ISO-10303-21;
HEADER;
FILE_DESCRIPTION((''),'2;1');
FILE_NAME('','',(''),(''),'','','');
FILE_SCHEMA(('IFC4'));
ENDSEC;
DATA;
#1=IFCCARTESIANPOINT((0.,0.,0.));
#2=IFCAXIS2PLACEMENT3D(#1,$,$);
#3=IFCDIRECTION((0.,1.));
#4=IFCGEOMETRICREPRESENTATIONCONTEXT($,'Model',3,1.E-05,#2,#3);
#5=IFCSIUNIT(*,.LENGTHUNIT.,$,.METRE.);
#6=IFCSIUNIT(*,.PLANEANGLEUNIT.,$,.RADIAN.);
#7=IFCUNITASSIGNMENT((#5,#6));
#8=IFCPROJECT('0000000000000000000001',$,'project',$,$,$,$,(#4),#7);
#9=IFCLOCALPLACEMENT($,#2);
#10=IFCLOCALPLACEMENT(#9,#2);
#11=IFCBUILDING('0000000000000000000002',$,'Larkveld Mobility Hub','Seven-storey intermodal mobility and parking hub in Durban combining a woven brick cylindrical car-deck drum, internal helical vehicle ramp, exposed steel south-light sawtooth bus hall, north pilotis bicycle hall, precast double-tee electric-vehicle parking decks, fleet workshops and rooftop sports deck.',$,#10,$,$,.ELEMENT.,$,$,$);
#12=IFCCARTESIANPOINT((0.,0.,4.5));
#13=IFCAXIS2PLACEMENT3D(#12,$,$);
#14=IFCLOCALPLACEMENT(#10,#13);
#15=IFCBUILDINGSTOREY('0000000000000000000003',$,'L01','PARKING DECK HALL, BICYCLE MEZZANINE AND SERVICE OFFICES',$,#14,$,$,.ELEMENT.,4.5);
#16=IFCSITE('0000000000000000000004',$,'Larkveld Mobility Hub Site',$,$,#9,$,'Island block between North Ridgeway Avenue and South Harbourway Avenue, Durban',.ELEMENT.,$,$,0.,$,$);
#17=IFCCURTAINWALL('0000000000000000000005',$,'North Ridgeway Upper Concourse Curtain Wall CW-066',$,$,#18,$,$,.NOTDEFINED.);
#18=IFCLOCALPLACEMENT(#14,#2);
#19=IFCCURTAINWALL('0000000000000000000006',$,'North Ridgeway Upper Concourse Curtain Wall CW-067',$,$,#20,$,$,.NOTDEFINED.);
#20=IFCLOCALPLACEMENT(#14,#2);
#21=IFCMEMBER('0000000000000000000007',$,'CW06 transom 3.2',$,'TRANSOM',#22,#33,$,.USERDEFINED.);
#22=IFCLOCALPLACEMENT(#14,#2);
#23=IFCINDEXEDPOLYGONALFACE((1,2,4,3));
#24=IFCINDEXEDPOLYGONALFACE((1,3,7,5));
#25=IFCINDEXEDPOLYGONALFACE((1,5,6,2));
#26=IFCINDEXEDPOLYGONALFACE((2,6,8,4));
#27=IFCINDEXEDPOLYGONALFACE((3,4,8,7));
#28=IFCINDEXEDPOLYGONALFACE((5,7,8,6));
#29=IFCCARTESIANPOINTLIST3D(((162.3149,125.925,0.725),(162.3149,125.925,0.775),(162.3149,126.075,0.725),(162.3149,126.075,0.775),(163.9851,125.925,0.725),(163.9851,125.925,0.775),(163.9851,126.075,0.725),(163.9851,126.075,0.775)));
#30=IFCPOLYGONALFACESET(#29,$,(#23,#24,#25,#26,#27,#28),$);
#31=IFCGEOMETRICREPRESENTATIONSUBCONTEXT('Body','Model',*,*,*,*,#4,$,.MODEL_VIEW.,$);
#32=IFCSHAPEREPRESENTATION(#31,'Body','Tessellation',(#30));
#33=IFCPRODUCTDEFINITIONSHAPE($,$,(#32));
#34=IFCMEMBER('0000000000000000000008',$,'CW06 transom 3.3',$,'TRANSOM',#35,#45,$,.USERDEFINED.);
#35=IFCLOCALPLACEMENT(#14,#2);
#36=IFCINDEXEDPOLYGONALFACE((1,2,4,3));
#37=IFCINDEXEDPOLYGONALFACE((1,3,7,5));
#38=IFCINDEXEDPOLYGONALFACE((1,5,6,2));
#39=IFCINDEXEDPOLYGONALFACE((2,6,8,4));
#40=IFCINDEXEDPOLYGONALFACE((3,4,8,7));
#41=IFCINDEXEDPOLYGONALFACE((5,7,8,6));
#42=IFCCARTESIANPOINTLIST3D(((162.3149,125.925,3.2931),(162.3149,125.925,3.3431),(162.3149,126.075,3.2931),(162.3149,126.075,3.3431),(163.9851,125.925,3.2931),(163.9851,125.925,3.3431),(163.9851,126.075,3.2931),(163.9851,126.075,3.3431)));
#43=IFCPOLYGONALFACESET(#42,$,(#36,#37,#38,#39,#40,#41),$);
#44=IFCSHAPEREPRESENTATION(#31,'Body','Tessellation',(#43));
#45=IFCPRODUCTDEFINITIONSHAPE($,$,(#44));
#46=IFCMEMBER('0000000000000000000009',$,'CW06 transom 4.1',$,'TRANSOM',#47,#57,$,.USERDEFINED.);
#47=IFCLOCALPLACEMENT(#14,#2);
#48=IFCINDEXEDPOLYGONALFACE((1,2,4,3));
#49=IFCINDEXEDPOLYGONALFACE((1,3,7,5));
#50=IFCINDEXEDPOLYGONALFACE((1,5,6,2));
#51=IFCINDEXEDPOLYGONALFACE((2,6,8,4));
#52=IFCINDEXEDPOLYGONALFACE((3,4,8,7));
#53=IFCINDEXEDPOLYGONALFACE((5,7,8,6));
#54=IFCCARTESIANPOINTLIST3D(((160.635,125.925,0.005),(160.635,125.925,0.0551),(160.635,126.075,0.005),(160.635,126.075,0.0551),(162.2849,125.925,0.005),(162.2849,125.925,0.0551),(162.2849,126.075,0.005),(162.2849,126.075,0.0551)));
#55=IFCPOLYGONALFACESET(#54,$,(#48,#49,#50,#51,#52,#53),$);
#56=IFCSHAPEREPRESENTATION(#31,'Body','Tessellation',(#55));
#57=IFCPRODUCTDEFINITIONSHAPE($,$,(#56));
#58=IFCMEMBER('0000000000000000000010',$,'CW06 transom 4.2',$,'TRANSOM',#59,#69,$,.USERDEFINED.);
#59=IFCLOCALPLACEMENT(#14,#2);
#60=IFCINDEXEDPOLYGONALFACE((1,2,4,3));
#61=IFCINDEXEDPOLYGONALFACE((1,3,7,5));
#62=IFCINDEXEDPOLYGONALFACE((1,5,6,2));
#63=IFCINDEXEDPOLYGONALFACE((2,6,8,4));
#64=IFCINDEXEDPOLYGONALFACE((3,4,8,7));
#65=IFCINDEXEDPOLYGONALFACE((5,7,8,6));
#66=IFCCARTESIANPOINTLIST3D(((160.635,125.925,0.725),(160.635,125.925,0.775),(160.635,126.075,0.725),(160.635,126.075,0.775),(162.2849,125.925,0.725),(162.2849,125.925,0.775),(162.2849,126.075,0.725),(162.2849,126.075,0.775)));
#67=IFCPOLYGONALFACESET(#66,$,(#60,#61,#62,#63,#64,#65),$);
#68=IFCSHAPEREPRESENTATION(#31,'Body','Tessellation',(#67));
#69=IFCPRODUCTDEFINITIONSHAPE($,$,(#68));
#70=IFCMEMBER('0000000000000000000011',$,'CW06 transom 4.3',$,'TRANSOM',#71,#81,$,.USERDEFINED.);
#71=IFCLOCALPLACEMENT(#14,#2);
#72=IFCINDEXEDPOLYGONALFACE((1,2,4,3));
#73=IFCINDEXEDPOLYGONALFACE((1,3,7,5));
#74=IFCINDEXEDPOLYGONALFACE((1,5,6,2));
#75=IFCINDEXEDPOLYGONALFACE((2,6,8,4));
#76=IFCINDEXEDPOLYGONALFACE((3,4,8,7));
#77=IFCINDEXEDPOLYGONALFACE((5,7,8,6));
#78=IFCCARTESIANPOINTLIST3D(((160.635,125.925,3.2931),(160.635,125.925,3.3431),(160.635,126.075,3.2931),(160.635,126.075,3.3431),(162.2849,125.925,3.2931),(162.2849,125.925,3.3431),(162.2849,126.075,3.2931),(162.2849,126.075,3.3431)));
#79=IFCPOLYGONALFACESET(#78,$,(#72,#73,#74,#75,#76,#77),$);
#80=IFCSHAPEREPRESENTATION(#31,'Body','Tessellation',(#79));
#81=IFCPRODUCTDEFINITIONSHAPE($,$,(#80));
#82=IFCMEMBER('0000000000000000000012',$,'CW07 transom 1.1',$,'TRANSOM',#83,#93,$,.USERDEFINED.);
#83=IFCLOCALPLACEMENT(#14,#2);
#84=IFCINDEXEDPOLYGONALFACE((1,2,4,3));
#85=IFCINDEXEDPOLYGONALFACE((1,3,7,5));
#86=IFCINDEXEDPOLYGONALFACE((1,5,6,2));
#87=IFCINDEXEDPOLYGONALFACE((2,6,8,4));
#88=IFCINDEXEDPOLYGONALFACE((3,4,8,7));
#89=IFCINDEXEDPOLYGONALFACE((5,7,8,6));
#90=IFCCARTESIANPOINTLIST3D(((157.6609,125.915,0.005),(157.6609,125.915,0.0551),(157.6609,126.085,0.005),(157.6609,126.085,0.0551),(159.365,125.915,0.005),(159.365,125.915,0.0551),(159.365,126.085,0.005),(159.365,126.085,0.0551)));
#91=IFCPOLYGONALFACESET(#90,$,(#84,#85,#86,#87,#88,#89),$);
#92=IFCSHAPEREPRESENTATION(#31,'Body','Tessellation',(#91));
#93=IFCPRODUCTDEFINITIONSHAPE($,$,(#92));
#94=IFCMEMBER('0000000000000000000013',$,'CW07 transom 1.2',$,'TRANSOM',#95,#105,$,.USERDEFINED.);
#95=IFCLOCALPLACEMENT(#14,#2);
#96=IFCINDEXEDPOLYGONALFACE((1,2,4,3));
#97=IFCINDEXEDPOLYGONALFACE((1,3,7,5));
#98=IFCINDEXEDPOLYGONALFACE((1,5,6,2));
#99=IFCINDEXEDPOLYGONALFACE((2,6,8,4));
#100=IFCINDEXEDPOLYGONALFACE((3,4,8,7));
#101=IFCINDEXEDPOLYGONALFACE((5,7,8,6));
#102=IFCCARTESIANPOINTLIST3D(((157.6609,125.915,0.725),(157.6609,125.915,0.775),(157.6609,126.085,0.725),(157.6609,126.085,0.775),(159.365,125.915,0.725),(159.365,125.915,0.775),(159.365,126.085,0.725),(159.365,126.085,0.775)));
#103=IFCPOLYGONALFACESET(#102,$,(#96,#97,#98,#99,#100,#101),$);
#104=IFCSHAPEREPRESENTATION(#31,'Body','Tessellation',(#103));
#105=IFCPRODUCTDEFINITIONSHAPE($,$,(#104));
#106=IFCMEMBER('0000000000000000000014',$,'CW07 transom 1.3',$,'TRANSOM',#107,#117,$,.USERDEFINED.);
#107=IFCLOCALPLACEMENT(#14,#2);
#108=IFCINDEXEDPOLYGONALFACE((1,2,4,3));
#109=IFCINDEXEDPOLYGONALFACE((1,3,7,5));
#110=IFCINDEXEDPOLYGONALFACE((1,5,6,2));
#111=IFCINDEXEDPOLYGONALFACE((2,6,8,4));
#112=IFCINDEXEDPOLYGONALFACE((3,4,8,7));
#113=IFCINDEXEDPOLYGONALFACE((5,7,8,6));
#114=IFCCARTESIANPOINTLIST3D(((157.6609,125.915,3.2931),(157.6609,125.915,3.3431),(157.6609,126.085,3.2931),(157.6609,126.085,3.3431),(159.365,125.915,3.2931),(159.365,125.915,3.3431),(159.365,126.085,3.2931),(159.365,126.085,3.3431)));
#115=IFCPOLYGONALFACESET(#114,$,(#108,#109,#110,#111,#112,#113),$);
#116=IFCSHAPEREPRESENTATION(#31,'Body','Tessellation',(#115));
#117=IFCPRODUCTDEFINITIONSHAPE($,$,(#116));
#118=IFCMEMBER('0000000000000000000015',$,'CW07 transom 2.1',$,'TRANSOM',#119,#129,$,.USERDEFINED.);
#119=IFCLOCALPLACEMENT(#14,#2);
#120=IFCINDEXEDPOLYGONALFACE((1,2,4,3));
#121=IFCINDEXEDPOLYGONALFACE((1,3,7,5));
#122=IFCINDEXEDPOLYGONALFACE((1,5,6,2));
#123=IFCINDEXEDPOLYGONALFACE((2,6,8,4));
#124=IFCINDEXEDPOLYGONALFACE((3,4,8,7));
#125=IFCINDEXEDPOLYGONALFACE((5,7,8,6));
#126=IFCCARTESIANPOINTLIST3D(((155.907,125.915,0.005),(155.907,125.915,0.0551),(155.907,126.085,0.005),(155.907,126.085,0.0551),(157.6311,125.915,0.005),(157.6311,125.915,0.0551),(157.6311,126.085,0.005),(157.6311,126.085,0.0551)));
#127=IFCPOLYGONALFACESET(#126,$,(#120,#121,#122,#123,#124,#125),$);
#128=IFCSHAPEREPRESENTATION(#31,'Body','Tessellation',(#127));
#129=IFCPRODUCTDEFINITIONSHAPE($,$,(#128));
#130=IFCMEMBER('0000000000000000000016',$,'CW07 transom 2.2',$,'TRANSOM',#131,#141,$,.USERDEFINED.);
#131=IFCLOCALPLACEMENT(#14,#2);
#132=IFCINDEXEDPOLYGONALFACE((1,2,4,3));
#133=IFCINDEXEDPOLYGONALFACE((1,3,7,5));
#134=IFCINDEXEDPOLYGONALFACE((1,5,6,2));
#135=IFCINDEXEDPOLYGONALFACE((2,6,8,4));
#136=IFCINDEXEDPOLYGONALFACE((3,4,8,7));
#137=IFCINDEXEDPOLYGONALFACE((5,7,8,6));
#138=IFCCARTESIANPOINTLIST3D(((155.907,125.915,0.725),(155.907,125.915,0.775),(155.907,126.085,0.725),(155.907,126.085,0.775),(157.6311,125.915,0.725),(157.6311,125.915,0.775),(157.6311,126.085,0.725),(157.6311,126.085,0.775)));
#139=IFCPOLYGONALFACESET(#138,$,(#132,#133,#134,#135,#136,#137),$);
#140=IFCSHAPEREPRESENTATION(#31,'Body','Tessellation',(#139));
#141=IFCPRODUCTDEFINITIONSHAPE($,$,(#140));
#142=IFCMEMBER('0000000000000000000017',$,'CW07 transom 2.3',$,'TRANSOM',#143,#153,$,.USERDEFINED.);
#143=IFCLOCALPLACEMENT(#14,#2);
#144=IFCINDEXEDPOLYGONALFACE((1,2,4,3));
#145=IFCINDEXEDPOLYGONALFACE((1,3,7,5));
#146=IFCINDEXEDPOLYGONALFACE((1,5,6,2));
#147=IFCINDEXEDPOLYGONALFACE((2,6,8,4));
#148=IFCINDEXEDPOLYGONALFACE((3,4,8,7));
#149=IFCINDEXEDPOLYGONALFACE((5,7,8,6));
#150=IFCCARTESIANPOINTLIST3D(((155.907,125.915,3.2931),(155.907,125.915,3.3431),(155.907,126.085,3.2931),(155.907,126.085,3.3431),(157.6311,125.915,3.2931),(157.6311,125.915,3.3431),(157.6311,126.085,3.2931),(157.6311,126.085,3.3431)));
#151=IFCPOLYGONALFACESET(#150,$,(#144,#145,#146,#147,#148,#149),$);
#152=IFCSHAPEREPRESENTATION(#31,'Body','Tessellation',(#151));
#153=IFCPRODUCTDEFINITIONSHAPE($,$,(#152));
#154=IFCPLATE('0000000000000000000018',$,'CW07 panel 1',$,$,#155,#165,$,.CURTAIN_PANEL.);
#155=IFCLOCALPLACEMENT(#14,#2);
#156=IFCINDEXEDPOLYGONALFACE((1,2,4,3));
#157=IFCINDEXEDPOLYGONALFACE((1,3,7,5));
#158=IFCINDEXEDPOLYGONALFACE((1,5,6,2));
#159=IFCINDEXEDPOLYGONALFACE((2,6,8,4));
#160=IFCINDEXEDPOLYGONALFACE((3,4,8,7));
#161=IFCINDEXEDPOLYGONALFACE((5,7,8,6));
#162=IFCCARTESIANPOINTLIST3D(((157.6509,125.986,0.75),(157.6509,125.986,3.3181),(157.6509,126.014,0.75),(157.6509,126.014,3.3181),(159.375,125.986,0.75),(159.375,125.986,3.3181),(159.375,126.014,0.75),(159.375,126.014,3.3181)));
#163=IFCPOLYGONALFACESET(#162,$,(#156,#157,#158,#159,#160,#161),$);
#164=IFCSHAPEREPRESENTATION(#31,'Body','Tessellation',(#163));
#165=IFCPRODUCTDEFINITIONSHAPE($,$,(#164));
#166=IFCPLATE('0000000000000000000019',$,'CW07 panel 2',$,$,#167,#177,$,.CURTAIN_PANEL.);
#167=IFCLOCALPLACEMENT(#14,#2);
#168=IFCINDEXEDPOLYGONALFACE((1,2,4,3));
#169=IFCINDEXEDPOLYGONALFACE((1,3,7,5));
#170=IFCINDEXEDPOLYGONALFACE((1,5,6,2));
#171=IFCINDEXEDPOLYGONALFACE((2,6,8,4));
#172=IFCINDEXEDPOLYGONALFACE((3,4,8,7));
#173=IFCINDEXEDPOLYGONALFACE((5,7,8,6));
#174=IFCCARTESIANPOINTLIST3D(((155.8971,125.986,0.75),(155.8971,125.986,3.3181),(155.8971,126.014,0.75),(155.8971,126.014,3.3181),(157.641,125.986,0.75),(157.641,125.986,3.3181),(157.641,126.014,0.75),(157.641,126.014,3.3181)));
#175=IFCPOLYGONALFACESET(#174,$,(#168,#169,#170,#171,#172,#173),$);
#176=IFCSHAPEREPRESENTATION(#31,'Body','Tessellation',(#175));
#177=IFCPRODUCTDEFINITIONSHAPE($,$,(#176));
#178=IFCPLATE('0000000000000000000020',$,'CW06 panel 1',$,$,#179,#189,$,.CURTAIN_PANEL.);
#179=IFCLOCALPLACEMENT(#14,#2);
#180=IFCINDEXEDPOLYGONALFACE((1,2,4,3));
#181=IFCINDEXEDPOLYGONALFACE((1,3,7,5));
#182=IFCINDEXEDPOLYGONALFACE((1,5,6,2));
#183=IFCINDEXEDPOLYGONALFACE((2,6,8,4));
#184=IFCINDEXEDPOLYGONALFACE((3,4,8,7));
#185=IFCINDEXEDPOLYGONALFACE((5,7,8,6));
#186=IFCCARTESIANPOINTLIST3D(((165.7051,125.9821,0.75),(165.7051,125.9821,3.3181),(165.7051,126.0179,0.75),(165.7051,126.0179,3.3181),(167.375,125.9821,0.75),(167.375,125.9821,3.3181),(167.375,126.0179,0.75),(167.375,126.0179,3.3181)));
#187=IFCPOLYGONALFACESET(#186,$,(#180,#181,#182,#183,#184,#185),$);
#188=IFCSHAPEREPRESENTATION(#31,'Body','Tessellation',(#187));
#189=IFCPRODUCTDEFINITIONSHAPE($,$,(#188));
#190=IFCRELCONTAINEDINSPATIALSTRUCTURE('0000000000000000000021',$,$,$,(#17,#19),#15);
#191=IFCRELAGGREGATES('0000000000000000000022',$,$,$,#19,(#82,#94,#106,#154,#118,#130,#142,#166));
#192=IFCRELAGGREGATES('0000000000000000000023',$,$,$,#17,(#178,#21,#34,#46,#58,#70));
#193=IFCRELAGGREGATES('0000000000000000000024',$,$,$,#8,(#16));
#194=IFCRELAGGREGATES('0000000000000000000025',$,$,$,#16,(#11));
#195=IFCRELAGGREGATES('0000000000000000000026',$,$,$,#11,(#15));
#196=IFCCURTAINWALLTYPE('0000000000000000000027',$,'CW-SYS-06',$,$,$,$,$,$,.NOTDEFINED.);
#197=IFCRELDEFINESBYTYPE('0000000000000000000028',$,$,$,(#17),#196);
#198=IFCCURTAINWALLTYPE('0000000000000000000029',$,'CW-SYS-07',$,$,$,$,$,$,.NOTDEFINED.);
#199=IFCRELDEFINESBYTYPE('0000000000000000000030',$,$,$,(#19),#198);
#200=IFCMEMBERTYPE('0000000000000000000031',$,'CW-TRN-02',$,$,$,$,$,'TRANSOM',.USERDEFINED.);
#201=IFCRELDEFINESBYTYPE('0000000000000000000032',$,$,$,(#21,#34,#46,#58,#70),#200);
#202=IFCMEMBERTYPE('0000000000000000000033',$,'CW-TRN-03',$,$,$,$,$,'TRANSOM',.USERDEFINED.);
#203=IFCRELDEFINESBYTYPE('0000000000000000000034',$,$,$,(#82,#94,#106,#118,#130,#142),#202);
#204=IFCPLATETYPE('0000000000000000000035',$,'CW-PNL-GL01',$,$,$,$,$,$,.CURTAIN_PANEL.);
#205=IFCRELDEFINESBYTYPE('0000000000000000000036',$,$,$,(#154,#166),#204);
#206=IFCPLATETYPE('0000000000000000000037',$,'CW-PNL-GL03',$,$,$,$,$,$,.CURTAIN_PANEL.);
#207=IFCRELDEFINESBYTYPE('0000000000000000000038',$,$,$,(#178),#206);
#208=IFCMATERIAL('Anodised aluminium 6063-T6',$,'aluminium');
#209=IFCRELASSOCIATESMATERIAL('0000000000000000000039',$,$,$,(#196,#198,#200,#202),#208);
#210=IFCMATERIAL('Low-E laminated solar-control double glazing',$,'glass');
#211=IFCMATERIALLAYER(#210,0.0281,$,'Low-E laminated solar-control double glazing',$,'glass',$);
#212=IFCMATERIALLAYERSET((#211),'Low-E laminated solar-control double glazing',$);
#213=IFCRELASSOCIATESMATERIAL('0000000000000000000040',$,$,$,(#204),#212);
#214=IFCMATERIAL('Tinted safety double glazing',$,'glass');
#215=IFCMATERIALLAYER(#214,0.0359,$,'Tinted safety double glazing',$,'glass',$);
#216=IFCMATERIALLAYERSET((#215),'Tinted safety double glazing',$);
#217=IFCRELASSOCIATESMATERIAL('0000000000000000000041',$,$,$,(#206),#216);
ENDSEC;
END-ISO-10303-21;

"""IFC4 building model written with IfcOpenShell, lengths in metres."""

from ifc_helpers import new_model, si_unit, direction, frame, origin, origin_2d, place, context, subcontext, project, spatial, rectangle, extrude, material, layer, layer_set, material_profile, profile_set, type_object, element, aggregate, save


model = new_model("IFC4")

# Units and contexts
model_context = context("Model", 3, precision=1e-05, world=origin(), true_north=direction((0.0, 1.0)))
body_context = subcontext(model_context, "Body", "Model", "MODEL_VIEW")
ifc_project = project(units=[si_unit("LENGTHUNIT", "METRE"), si_unit("PLANEANGLEUNIT", "RADIAN")], contexts=[model_context])

# Site, building, storey
site_placement = place(None, origin())
site = spatial("IfcSite", under=ifc_project, at=site_placement, Name="Larkveld Mobility Hub Site", LongName="Island block between North Ridgeway Avenue and South Harbourway Avenue, Durban", CompositionType="ELEMENT", RefElevation=0.0)
building_placement = place(site_placement, origin())
building = spatial("IfcBuilding", under=site, at=building_placement, Name="Larkveld Mobility Hub", Description="Seven-storey intermodal mobility and parking hub in Durban combining a woven brick cylindrical car-deck drum, internal helical vehicle ramp, exposed steel south-light sawtooth bus hall, north pilotis bicycle hall, precast double-tee electric-vehicle parking decks, fleet workshops and rooftop sports deck.", CompositionType="ELEMENT")
storey_placement = place(building_placement, frame((0.0, 0.0, 4.5)))
storey = spatial("IfcBuildingStorey", under=building, at=storey_placement, Name="L01", Description="PARKING DECK HALL, BICYCLE MEZZANINE AND SERVICE OFFICES", CompositionType="ELEMENT", Elevation=4.5)

# Curtain walls
ifc_material_1 = material(Name="Anodised aluminium 6063-T6", Category="aluminium")
curtain_wall_type_1 = type_object("IfcCurtainWallType", Name="CW-SYS-06", PredefinedType="NOTDEFINED", material=ifc_material_1)
curtain_wall_1_placement = place(storey_placement, origin())
curtain_wall_1 = element("IfcCurtainWall", 1, at=curtain_wall_1_placement, inside=storey, type_object=curtain_wall_type_1, Name="North Ridgeway Upper Concourse Curtain Wall CW-066", PredefinedType="NOTDEFINED")
curtain_wall_type_2 = type_object("IfcCurtainWallType", Name="CW-SYS-07", PredefinedType="NOTDEFINED", material=ifc_material_1)
curtain_wall_2_placement = place(storey_placement, origin())
curtain_wall_2 = element("IfcCurtainWall", 2, at=curtain_wall_2_placement, inside=storey, type_object=curtain_wall_type_2, Name="North Ridgeway Upper Concourse Curtain Wall CW-067", PredefinedType="NOTDEFINED")

# Members
ifc_material_profile_1 = material_profile(ifc_material_1, rectangle(XDim=0.1499, YDim=0.05, at=origin_2d()), Name="ALU TRAN 50x150")
ifc_profile_set_1 = profile_set([ifc_material_profile_1], Name="Anodised aluminium 6063-T6")
member_type_1 = type_object("IfcMemberType", Name="CW-TRN-02", ElementType="TRANSOM", PredefinedType="USERDEFINED", material=ifc_profile_set_1)
member_1_placement = place(storey_placement, frame((163.9851, 126.0, 0.75), z_axis=(-1.0, 0.0, 0.0), x_axis=(0.0, -1.0, 0.0)))
member_1 = element("IfcMember", 3, at=member_1_placement, type_object=member_type_1, Name="CW06 transom 3.2", ObjectType="TRANSOM", PredefinedType="USERDEFINED", context=body_context, shape_type="SweptSolid", body=[
    extrude(rectangle(XDim=0.1499, YDim=0.05, at=origin_2d()), origin(), (0.0, 0.0, 1.0), 1.6702),
])
member_2_placement = place(storey_placement, frame((163.9851, 126.0, 3.3181), z_axis=(-1.0, 0.0, 0.0), x_axis=(0.0, -1.0, 0.0)))
member_2 = element("IfcMember", 4, at=member_2_placement, type_object=member_type_1, Name="CW06 transom 3.3", ObjectType="TRANSOM", PredefinedType="USERDEFINED", context=body_context, shape_type="SweptSolid", body=[
    extrude(rectangle(XDim=0.1499, YDim=0.05, at=origin_2d()), origin(), (0.0, 0.0, 1.0), 1.6702),
])
member_3_placement = place(storey_placement, frame((162.2849, 126.0, 0.03), z_axis=(-1.0, 0.0, 0.0), x_axis=(0.0, -1.0, 0.0)))
member_3 = element("IfcMember", 5, at=member_3_placement, type_object=member_type_1, Name="CW06 transom 4.1", ObjectType="TRANSOM", PredefinedType="USERDEFINED", context=body_context, shape_type="SweptSolid", body=[
    extrude(rectangle(XDim=0.1499, YDim=0.05, at=origin_2d()), origin(), (0.0, 0.0, 1.0), 1.6499),
])
member_4_placement = place(storey_placement, frame((162.2849, 126.0, 0.75), z_axis=(-1.0, 0.0, 0.0), x_axis=(0.0, -1.0, 0.0)))
member_4 = element("IfcMember", 6, at=member_4_placement, type_object=member_type_1, Name="CW06 transom 4.2", ObjectType="TRANSOM", PredefinedType="USERDEFINED", context=body_context, shape_type="SweptSolid", body=[
    extrude(rectangle(XDim=0.1499, YDim=0.05, at=origin_2d()), origin(), (0.0, 0.0, 1.0), 1.6499),
])
member_5_placement = place(storey_placement, frame((162.2849, 126.0, 3.3181), z_axis=(-1.0, 0.0, 0.0), x_axis=(0.0, -1.0, 0.0)))
member_5 = element("IfcMember", 7, at=member_5_placement, type_object=member_type_1, Name="CW06 transom 4.3", ObjectType="TRANSOM", PredefinedType="USERDEFINED", context=body_context, shape_type="SweptSolid", body=[
    extrude(rectangle(XDim=0.1499, YDim=0.05, at=origin_2d()), origin(), (0.0, 0.0, 1.0), 1.6499),
])
ifc_material_profile_2 = material_profile(ifc_material_1, rectangle(XDim=0.1699, YDim=0.05, at=origin_2d()), Name="ALU TRAN 50x170")
ifc_profile_set_2 = profile_set([ifc_material_profile_2], Name="Anodised aluminium 6063-T6")
member_type_2 = type_object("IfcMemberType", Name="CW-TRN-03", ElementType="TRANSOM", PredefinedType="USERDEFINED", material=ifc_profile_set_2)
member_6_placement = place(storey_placement, frame((159.365, 126.0, 0.03), z_axis=(-1.0, 0.0, 0.0), x_axis=(0.0, -1.0, 0.0)))
member_6 = element("IfcMember", 8, at=member_6_placement, type_object=member_type_2, Name="CW07 transom 1.1", ObjectType="TRANSOM", PredefinedType="USERDEFINED", context=body_context, shape_type="SweptSolid", body=[
    extrude(rectangle(XDim=0.1699, YDim=0.05, at=origin_2d()), origin(), (0.0, 0.0, 1.0), 1.7041),
])
member_7_placement = place(storey_placement, frame((159.365, 126.0, 0.75), z_axis=(-1.0, 0.0, 0.0), x_axis=(0.0, -1.0, 0.0)))
member_7 = element("IfcMember", 9, at=member_7_placement, type_object=member_type_2, Name="CW07 transom 1.2", ObjectType="TRANSOM", PredefinedType="USERDEFINED", context=body_context, shape_type="SweptSolid", body=[
    extrude(rectangle(XDim=0.1699, YDim=0.05, at=origin_2d()), origin(), (0.0, 0.0, 1.0), 1.7041),
])
member_8_placement = place(storey_placement, frame((159.365, 126.0, 3.3181), z_axis=(-1.0, 0.0, 0.0), x_axis=(0.0, -1.0, 0.0)))
member_8 = element("IfcMember", 10, at=member_8_placement, type_object=member_type_2, Name="CW07 transom 1.3", ObjectType="TRANSOM", PredefinedType="USERDEFINED", context=body_context, shape_type="SweptSolid", body=[
    extrude(rectangle(XDim=0.1699, YDim=0.05, at=origin_2d()), origin(), (0.0, 0.0, 1.0), 1.7041),
])
member_9_placement = place(storey_placement, frame((157.6311, 126.0, 0.03), z_axis=(-1.0, 0.0, 0.0), x_axis=(0.0, -1.0, 0.0)))
member_9 = element("IfcMember", 11, at=member_9_placement, type_object=member_type_2, Name="CW07 transom 2.1", ObjectType="TRANSOM", PredefinedType="USERDEFINED", context=body_context, shape_type="SweptSolid", body=[
    extrude(rectangle(XDim=0.1699, YDim=0.05, at=origin_2d()), origin(), (0.0, 0.0, 1.0), 1.7241),
])
member_10_placement = place(storey_placement, frame((157.6311, 126.0, 0.75), z_axis=(-1.0, 0.0, 0.0), x_axis=(0.0, -1.0, 0.0)))
member_10 = element("IfcMember", 12, at=member_10_placement, type_object=member_type_2, Name="CW07 transom 2.2", ObjectType="TRANSOM", PredefinedType="USERDEFINED", context=body_context, shape_type="SweptSolid", body=[
    extrude(rectangle(XDim=0.1699, YDim=0.05, at=origin_2d()), origin(), (0.0, 0.0, 1.0), 1.7241),
])
member_11_placement = place(storey_placement, frame((157.6311, 126.0, 3.3181), z_axis=(-1.0, 0.0, 0.0), x_axis=(0.0, -1.0, 0.0)))
member_11 = element("IfcMember", 13, at=member_11_placement, type_object=member_type_2, Name="CW07 transom 2.3", ObjectType="TRANSOM", PredefinedType="USERDEFINED", context=body_context, shape_type="SweptSolid", body=[
    extrude(rectangle(XDim=0.1699, YDim=0.05, at=origin_2d()), origin(), (0.0, 0.0, 1.0), 1.7241),
])

# Plates
ifc_material_2 = material(Name="Low-E laminated solar-control double glazing", Category="glass")
ifc_layer_1 = layer(ifc_material_2, 0.0281, Name="Low-E laminated solar-control double glazing", Category="glass")
ifc_layer_set_1 = layer_set([ifc_layer_1], Name="Low-E laminated solar-control double glazing")
plate_type_1 = type_object("IfcPlateType", Name="CW-PNL-GL01", PredefinedType="CURTAIN_PANEL", material=ifc_layer_set_1)
plate_1_placement = place(storey_placement, frame((158.5129, 126.0, 0.75), z_axis=(0.0, 0.0, 1.0), x_axis=(-1.0, 0.0, 0.0)))
plate_1 = element("IfcPlate", 14, at=plate_1_placement, type_object=plate_type_1, Name="CW07 panel 1", PredefinedType="CURTAIN_PANEL", context=body_context, shape_type="SweptSolid", body=[
    extrude(rectangle(XDim=1.7241, YDim=0.0281, at=origin_2d()), origin(), (0.0, 0.0, 1.0), 2.5681),
])
plate_2_placement = place(storey_placement, frame((156.769, 126.0, 0.75), z_axis=(0.0, 0.0, 1.0), x_axis=(-1.0, 0.0, 0.0)))
plate_2 = element("IfcPlate", 15, at=plate_2_placement, type_object=plate_type_1, Name="CW07 panel 2", PredefinedType="CURTAIN_PANEL", context=body_context, shape_type="SweptSolid", body=[
    extrude(rectangle(XDim=1.7439, YDim=0.0281, at=origin_2d()), origin(), (0.0, 0.0, 1.0), 2.5681),
])
ifc_material_3 = material(Name="Tinted safety double glazing", Category="glass")
ifc_layer_2 = layer(ifc_material_3, 0.0359, Name="Tinted safety double glazing", Category="glass")
ifc_layer_set_2 = layer_set([ifc_layer_2], Name="Tinted safety double glazing")
plate_type_2 = type_object("IfcPlateType", Name="CW-PNL-GL03", PredefinedType="CURTAIN_PANEL", material=ifc_layer_set_2)
plate_3_placement = place(storey_placement, frame((166.54, 126.0, 0.75), z_axis=(0.0, 0.0, 1.0), x_axis=(-1.0, 0.0, 0.0)))
plate_3 = element("IfcPlate", 16, at=plate_3_placement, type_object=plate_type_2, Name="CW06 panel 1", PredefinedType="CURTAIN_PANEL", context=body_context, shape_type="SweptSolid", body=[
    extrude(rectangle(XDim=1.6699, YDim=0.0359, at=origin_2d()), origin(), (0.0, 0.0, 1.0), 2.5681),
])
aggregate(curtain_wall_2, [member_6, member_7, member_8, plate_1, member_9, member_10, member_11, plate_2])
aggregate(curtain_wall_1, [plate_3, member_1, member_2, member_3, member_4, member_5])

save(model, "model.ifc")
